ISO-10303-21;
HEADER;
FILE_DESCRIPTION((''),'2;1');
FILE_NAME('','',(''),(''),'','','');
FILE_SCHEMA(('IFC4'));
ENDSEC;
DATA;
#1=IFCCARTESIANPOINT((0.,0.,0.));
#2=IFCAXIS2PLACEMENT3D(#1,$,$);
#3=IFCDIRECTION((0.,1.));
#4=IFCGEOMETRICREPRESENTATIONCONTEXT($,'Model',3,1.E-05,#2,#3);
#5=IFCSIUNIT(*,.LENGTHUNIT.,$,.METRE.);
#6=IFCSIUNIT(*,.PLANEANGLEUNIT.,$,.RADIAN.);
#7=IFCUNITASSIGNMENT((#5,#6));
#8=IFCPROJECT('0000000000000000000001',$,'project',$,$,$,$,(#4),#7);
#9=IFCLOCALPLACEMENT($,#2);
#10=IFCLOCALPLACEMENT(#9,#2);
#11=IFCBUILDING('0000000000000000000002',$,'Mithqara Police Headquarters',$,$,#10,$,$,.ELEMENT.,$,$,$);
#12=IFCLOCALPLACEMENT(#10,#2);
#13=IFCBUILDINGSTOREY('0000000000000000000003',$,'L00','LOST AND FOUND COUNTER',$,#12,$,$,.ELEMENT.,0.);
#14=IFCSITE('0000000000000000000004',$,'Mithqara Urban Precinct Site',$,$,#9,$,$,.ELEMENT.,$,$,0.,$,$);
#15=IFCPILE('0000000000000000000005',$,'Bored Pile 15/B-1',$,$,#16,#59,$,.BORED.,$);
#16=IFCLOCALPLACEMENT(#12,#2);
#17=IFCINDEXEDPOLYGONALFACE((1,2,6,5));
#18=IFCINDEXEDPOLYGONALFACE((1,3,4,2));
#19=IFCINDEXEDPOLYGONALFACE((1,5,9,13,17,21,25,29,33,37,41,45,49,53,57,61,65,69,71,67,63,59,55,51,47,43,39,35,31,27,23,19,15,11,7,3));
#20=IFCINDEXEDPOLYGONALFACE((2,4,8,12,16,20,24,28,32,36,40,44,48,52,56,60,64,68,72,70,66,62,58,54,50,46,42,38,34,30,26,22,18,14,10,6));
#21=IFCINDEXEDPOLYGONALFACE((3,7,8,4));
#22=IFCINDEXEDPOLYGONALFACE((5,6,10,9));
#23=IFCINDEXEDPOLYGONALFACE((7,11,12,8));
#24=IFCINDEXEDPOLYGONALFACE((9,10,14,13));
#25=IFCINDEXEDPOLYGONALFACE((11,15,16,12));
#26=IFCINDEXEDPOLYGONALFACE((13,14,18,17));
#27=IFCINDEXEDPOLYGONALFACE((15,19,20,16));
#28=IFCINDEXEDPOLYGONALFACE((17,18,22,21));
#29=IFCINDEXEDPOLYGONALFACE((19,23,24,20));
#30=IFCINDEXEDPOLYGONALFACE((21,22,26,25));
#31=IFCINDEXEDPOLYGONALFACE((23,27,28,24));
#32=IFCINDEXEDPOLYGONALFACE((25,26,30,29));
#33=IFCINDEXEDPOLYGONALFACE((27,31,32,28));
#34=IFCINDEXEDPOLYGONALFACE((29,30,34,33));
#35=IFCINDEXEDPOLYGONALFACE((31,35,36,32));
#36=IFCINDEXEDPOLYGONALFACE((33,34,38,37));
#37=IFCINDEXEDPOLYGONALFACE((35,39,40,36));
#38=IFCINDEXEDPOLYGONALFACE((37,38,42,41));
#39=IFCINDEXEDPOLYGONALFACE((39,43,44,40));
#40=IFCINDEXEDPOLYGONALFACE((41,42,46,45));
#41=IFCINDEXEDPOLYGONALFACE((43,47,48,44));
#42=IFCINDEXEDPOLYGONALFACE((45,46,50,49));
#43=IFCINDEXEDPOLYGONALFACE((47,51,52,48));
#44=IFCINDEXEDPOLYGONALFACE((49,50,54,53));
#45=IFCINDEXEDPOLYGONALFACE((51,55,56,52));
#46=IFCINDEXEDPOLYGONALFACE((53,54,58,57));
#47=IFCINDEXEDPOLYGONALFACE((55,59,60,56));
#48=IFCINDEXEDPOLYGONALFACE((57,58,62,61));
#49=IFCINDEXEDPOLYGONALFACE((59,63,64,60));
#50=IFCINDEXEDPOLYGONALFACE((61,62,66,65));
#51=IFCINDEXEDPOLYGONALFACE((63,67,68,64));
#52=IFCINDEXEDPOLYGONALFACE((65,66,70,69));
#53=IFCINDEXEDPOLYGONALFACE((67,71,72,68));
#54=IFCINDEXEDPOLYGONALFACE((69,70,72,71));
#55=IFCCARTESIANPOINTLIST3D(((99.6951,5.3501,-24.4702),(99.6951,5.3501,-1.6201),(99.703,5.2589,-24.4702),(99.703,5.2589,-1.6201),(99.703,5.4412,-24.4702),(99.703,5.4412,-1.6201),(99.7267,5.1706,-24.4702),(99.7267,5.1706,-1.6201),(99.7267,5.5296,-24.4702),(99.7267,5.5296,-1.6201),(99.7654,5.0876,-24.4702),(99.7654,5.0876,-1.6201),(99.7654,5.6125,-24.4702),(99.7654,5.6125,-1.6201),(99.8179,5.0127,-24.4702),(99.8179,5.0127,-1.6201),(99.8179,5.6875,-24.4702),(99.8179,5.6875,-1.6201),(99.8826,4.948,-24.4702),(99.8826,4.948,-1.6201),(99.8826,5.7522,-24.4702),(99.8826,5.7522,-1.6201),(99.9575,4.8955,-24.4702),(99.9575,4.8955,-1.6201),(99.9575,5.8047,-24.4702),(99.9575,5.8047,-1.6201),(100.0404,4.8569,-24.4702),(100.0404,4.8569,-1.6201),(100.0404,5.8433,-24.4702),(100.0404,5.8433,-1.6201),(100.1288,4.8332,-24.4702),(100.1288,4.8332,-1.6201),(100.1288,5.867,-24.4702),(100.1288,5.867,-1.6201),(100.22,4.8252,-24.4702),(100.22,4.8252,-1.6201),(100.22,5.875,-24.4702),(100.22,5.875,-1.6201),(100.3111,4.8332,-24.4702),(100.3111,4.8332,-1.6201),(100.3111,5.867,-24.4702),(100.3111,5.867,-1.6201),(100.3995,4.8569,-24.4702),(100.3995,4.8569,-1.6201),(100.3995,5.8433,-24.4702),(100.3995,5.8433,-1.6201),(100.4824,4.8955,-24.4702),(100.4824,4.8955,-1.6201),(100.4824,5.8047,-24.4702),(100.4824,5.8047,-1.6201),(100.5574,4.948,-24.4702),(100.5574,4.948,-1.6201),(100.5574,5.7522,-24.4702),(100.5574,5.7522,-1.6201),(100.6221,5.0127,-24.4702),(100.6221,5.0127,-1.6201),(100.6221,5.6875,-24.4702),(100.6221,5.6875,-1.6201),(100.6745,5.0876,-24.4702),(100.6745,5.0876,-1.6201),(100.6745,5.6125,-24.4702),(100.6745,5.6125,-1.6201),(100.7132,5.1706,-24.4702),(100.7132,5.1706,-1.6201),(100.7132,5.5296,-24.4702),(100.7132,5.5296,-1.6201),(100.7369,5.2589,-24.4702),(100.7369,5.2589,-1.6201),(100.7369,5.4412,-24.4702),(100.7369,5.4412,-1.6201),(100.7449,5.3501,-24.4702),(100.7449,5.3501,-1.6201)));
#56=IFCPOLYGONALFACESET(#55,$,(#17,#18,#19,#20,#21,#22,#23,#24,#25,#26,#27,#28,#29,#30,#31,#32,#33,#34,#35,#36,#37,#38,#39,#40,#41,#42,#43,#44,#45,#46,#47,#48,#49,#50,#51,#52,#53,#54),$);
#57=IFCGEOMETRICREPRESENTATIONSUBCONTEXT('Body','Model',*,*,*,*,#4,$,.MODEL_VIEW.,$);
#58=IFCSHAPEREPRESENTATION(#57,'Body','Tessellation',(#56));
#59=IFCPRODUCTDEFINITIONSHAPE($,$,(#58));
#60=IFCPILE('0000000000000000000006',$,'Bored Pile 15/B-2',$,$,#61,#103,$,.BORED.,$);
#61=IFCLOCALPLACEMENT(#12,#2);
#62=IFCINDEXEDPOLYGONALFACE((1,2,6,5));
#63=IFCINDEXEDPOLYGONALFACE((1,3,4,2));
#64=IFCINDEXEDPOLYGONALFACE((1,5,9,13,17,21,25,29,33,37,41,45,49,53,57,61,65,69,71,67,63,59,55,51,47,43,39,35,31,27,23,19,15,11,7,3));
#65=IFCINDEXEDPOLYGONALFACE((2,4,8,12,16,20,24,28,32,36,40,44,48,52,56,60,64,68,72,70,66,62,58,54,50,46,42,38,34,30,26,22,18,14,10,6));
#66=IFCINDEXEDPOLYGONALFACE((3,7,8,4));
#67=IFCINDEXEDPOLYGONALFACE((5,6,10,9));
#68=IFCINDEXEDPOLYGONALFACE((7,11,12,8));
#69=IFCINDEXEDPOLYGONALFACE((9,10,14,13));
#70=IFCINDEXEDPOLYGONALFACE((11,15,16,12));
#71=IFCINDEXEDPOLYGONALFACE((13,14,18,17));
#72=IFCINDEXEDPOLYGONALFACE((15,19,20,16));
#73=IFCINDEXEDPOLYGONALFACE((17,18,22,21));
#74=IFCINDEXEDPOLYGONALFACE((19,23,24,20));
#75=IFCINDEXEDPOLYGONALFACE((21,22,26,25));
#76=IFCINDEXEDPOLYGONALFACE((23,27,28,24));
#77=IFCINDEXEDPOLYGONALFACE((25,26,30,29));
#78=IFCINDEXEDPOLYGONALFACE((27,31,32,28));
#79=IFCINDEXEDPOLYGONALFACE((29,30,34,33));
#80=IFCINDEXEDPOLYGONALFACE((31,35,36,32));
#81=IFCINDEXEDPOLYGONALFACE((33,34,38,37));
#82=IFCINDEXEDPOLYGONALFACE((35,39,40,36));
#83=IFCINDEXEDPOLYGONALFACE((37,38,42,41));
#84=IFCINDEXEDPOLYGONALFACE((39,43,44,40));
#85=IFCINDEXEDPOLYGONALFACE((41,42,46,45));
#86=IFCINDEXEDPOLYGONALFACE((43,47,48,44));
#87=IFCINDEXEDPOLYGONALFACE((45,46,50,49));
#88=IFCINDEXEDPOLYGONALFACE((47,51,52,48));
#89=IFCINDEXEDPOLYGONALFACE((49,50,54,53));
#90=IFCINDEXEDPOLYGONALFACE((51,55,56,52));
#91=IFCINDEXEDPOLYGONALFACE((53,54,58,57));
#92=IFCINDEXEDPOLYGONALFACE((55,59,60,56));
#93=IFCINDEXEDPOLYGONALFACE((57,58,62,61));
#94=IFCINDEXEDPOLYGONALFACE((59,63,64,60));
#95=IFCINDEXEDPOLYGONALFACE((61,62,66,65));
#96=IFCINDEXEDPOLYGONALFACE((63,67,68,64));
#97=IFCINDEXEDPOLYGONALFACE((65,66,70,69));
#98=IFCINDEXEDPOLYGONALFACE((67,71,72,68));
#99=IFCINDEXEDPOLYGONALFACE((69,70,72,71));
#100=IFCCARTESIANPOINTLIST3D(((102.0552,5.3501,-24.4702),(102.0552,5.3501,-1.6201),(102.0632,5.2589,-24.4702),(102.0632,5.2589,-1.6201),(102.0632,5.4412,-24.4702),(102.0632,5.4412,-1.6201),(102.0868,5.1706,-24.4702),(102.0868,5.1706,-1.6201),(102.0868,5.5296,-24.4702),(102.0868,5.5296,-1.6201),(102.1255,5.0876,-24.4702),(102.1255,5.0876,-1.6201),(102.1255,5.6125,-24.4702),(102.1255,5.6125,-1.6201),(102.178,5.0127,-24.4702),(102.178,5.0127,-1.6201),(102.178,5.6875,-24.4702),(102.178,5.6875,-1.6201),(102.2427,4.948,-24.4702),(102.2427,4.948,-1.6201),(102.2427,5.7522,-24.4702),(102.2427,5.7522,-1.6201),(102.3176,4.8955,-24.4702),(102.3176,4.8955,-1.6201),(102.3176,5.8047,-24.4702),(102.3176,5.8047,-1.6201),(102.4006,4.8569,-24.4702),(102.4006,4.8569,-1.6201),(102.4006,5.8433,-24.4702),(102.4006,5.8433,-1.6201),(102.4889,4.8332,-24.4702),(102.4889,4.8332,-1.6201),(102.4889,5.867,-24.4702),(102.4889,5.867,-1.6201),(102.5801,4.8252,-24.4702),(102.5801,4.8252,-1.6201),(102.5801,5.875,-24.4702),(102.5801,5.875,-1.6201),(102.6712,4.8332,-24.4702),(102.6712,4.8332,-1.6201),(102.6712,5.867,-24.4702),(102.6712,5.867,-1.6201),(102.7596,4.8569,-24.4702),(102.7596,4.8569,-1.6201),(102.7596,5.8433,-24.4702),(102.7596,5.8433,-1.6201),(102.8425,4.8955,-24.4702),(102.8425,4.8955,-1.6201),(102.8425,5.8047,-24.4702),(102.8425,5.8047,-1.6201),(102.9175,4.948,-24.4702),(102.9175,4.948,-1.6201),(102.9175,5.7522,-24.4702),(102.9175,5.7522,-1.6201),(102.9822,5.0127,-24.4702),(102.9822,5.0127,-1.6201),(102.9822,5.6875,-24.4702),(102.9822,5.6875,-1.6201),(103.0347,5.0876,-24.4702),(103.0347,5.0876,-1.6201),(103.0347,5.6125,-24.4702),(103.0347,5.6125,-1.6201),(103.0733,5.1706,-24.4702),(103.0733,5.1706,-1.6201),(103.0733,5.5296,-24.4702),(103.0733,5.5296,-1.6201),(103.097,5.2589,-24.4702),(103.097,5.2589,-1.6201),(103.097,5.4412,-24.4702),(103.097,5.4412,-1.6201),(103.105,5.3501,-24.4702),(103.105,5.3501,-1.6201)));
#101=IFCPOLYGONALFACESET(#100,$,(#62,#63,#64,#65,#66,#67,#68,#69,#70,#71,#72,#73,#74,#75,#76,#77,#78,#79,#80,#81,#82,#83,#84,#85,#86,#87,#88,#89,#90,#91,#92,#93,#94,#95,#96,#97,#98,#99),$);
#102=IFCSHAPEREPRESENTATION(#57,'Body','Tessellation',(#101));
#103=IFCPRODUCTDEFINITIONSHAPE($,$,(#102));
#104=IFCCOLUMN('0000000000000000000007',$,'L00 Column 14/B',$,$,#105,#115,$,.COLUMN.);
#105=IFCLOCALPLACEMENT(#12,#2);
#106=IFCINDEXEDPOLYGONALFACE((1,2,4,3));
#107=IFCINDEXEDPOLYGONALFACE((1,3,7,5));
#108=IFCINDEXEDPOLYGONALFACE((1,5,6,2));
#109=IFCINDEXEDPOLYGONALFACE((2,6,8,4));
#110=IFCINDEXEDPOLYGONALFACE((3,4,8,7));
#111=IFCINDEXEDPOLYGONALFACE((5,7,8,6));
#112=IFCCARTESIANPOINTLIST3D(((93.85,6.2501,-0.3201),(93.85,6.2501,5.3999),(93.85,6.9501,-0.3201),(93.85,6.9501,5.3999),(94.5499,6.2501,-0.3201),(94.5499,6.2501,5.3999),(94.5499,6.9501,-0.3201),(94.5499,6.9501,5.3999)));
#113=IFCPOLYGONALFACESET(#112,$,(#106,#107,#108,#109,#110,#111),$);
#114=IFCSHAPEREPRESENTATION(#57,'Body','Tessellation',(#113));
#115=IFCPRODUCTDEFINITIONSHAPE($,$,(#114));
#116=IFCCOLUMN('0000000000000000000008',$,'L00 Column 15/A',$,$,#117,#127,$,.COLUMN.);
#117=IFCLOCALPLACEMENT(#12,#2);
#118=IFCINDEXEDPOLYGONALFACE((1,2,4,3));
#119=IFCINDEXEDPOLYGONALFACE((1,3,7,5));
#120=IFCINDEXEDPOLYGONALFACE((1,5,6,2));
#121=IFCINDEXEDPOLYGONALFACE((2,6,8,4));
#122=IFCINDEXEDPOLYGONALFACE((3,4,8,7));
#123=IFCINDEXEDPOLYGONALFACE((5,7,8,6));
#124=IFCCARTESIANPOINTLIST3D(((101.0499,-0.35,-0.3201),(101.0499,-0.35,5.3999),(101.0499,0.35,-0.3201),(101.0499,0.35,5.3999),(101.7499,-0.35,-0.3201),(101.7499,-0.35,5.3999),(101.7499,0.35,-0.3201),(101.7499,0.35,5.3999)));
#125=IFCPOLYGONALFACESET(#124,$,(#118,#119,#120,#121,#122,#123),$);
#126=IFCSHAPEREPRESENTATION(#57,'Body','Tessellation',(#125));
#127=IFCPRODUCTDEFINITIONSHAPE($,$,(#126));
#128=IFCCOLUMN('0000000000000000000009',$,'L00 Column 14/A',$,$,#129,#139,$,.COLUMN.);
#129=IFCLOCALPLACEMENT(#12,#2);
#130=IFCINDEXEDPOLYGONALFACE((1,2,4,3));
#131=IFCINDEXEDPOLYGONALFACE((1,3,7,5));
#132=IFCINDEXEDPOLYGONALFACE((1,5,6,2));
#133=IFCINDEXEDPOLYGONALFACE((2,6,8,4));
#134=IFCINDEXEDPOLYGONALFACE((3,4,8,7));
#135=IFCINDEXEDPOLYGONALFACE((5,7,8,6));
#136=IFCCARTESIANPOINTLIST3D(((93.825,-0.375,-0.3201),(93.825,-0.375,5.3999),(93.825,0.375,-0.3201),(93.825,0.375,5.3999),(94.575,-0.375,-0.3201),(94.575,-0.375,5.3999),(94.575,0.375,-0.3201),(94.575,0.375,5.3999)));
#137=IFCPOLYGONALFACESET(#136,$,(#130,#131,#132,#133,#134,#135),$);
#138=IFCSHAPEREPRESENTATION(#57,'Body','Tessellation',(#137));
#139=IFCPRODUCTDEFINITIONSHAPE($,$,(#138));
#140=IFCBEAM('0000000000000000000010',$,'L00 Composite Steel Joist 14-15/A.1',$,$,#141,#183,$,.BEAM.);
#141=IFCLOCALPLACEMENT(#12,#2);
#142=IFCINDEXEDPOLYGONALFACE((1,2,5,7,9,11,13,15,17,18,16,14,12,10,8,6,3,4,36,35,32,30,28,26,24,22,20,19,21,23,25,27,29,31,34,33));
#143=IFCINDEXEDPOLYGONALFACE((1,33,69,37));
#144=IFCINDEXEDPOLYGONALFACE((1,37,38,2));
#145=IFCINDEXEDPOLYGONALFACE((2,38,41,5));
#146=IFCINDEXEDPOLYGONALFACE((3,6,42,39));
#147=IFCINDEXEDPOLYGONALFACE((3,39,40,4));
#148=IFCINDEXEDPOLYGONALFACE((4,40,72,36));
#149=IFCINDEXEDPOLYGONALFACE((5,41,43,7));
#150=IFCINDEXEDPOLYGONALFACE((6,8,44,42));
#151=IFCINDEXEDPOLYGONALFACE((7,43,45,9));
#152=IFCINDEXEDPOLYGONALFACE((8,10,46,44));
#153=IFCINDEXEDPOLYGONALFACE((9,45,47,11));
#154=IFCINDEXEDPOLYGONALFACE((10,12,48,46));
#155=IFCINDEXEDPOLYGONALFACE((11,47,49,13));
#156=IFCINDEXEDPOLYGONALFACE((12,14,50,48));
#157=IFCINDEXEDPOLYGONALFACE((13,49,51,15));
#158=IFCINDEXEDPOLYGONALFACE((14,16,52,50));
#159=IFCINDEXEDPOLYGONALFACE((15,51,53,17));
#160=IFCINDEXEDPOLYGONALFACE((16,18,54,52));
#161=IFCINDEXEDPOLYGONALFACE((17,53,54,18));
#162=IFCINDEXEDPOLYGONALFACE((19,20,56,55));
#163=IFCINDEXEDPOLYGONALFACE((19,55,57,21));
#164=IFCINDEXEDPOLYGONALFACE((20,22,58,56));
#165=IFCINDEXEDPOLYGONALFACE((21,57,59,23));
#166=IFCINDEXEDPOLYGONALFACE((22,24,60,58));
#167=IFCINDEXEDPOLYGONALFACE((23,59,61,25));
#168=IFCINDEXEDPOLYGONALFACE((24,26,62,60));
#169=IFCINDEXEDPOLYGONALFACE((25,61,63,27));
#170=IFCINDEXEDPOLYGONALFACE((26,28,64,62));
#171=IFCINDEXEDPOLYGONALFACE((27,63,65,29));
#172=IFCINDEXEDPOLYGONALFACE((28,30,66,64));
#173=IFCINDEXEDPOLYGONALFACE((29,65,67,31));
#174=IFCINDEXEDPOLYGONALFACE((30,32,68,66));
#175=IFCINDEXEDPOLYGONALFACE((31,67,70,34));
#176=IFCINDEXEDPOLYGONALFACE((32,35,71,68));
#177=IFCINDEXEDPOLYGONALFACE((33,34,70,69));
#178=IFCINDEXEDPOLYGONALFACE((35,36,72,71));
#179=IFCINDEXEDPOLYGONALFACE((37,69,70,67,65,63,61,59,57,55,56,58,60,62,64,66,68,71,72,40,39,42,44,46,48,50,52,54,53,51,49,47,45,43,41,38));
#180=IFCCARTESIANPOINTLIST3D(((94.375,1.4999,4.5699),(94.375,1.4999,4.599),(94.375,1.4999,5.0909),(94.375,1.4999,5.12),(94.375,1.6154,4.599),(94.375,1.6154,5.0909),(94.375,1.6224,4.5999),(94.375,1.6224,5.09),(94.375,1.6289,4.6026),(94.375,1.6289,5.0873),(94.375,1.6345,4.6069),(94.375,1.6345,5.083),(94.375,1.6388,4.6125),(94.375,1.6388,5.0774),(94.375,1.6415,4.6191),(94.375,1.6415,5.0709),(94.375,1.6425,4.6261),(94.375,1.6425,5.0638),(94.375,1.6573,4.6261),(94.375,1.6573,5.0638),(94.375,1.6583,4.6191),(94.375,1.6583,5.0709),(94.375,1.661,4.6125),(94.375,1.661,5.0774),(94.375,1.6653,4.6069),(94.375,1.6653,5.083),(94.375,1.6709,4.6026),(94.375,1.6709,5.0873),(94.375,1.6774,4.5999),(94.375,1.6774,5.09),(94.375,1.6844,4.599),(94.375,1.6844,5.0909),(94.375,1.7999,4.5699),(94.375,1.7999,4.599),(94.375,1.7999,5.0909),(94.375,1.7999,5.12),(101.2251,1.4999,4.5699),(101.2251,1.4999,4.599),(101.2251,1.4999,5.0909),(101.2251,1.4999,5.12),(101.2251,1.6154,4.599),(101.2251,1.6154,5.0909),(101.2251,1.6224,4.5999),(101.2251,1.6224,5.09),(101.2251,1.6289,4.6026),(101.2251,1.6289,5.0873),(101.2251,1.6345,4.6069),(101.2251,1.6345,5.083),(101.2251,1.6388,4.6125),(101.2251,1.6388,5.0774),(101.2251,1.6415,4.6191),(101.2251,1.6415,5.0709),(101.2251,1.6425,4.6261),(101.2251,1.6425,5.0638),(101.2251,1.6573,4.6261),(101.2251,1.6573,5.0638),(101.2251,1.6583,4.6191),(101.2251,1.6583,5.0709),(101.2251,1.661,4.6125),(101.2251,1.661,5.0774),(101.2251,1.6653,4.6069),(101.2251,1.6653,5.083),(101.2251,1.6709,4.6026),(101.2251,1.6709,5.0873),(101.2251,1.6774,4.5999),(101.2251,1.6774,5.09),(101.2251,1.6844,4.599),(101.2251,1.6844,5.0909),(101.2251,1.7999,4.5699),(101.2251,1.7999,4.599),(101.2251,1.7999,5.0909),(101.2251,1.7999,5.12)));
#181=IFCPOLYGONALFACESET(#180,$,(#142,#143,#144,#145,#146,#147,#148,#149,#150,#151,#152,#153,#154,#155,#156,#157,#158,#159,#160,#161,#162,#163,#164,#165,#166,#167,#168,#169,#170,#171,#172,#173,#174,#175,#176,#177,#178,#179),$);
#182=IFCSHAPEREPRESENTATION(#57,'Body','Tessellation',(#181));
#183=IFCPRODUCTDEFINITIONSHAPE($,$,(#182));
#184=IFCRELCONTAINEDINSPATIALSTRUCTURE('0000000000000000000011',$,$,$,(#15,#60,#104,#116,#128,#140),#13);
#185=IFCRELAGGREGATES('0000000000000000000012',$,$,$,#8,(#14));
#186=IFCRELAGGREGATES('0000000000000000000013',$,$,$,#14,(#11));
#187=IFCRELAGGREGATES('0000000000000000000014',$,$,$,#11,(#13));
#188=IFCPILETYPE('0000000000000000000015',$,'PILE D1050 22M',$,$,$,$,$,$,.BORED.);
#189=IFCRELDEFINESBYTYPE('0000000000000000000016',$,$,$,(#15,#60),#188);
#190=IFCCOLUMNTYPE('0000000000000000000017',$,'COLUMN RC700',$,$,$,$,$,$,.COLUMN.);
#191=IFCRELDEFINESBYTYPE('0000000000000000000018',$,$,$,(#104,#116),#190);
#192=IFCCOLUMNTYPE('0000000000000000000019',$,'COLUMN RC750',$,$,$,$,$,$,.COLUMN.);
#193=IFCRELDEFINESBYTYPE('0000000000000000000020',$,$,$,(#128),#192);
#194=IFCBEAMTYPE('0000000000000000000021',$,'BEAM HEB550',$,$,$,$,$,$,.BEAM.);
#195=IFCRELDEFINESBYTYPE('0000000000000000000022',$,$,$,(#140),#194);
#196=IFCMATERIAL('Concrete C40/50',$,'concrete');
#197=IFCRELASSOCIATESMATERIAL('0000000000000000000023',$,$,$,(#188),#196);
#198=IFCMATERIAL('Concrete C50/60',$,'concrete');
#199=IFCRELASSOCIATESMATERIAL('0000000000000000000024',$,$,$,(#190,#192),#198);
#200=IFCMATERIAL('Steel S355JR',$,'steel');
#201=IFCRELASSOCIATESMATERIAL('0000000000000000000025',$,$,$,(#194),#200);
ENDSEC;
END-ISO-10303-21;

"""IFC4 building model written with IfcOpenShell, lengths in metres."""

from ifc_helpers import new_model, si_unit, direction, frame, origin, origin_2d, place, context, subcontext, project, spatial, rectangle, circle, i_section, extrude, material, material_profile, profile_set, type_object, element, save


model = new_model("IFC4")

# Units and contexts
model_context = context("Model", 3, precision=1e-05, world=origin(), true_north=direction((0.0, 1.0)))
body_context = subcontext(model_context, "Body", "Model", "MODEL_VIEW")
ifc_project = project(units=[si_unit("LENGTHUNIT", "METRE"), si_unit("PLANEANGLEUNIT", "RADIAN")], contexts=[model_context])

# Site, building, storey
site_placement = place(None, origin())
site = spatial("IfcSite", under=ifc_project, at=site_placement, Name="Mithqara Urban Precinct Site", CompositionType="ELEMENT", RefElevation=0.0)
building_placement = place(site_placement, origin())
building = spatial("IfcBuilding", under=site, at=building_placement, Name="Mithqara Police Headquarters", CompositionType="ELEMENT")
storey_placement = place(building_placement, origin())
storey = spatial("IfcBuildingStorey", under=building, at=storey_placement, Name="L00", Description="LOST AND FOUND COUNTER", CompositionType="ELEMENT", Elevation=0.0)

# Shared definitions
ifc_material_1 = material(Name="Concrete C40/50", Category="concrete")

# Piles
ifc_material_profile_1 = material_profile(ifc_material_1, circle(Radius=0.5249, at=origin_2d()), Name="PILE D1050")
ifc_profile_set_1 = profile_set([ifc_material_profile_1], Name="Concrete C40/50")
pile_type = type_object("IfcPileType", Name="PILE D1050 22M", PredefinedType="BORED", material=ifc_profile_set_1)
for number, where, z_axis, x_axis, name in (
    (1, (100.22, 5.3501, -1.6201), (0.0, 0.0, -1.0), (1.0, 0.0, 0.0), "Bored Pile 15/B-1"),
    (2, (102.5801, 5.3501, -1.6201), (0.0, 0.0, -1.0), (1.0, 0.0, 0.0), "Bored Pile 15/B-2"),
):
    element("IfcPile", number, at=place(storey_placement, frame(where, z_axis=z_axis, x_axis=x_axis)), inside=storey, type_object=pile_type, Name=name, PredefinedType="BORED", context=body_context, shape_type="SweptSolid", body=[
        extrude(circle(Radius=0.5249, at=origin_2d()), origin(), (0.0, 0.0, 1.0), 22.8501),
    ])

# Columns
ifc_material_2 = material(Name="Concrete C50/60", Category="concrete")
ifc_material_profile_2 = material_profile(ifc_material_2, rectangle(XDim=0.7, YDim=0.7, at=origin_2d()), Name="RC 700x700")
ifc_profile_set_2 = profile_set([ifc_material_profile_2], Name="Concrete C50/60")
column_type_1 = type_object("IfcColumnType", Name="COLUMN RC700", PredefinedType="COLUMN", material=ifc_profile_set_2)
for number, where, z_axis, x_axis, name in (
    (3, (94.2, 6.6001, -0.3201), (0.0, 0.0, 1.0), (1.0, 0.0, 0.0), "L00 Column 14/B"),
    (4, (101.3999, 0.0, -0.3201), (0.0, 0.0, 1.0), (1.0, 0.0, 0.0), "L00 Column 15/A"),
):
    element("IfcColumn", number, at=place(storey_placement, frame(where, z_axis=z_axis, x_axis=x_axis)), inside=storey, type_object=column_type_1, Name=name, PredefinedType="COLUMN", context=body_context, shape_type="SweptSolid", body=[
        extrude(rectangle(XDim=0.7, YDim=0.7, at=origin_2d()), origin(), (0.0, 0.0, 1.0), 5.72),
    ])
ifc_material_profile_3 = material_profile(ifc_material_2, rectangle(XDim=0.75, YDim=0.75, at=origin_2d()), Name="RC 750x750")
ifc_profile_set_3 = profile_set([ifc_material_profile_3], Name="Concrete C50/60")
column_type_2 = type_object("IfcColumnType", Name="COLUMN RC750", PredefinedType="COLUMN", material=ifc_profile_set_3)
column_placement = place(storey_placement, frame((94.2, 0.0, -0.3201), z_axis=(0.0, 0.0, 1.0), x_axis=(1.0, 0.0, 0.0)))
element("IfcColumn", 5, at=column_placement, inside=storey, type_object=column_type_2, Name="L00 Column 14/A", PredefinedType="COLUMN", context=body_context, shape_type="SweptSolid", body=[
    extrude(rectangle(XDim=0.75, YDim=0.75, at=origin_2d()), origin(), (0.0, 0.0, 1.0), 5.72),
])

# Beam
ifc_material_3 = material(Name="Steel S355JR", Category="steel")
ifc_material_profile_4 = material_profile(ifc_material_3, i_section(OverallWidth=0.3, OverallDepth=0.55, WebThickness=0.0149, FlangeThickness=0.0291, FilletRadius=0.0271, at=origin_2d()), Name="HEB 550")
ifc_profile_set_4 = profile_set([ifc_material_profile_4], Name="Steel S355JR")
beam_type_1 = type_object("IfcBeamType", Name="BEAM HEB550", PredefinedType="BEAM", material=ifc_profile_set_4)
for number, where, z_axis, x_axis, name in (
    (6, (94.375, 1.6499, 4.845), (1.0, 0.0, 0.0), (0.0, 1.0, 0.0), "L00 Composite Steel Joist 14-15/A.1"),
):
    element("IfcBeam", number, at=place(storey_placement, frame(where, z_axis=z_axis, x_axis=x_axis)), inside=storey, type_object=beam_type_1, Name=name, PredefinedType="BEAM", context=body_context, shape_type="SweptSolid", body=[
        extrude(i_section(OverallWidth=0.3, OverallDepth=0.55, WebThickness=0.0149, FlangeThickness=0.0291, FilletRadius=0.0271, at=origin_2d()), origin(), (0.0, 0.0, 1.0), 6.8501),
    ])

save(model, "model.ifc")
